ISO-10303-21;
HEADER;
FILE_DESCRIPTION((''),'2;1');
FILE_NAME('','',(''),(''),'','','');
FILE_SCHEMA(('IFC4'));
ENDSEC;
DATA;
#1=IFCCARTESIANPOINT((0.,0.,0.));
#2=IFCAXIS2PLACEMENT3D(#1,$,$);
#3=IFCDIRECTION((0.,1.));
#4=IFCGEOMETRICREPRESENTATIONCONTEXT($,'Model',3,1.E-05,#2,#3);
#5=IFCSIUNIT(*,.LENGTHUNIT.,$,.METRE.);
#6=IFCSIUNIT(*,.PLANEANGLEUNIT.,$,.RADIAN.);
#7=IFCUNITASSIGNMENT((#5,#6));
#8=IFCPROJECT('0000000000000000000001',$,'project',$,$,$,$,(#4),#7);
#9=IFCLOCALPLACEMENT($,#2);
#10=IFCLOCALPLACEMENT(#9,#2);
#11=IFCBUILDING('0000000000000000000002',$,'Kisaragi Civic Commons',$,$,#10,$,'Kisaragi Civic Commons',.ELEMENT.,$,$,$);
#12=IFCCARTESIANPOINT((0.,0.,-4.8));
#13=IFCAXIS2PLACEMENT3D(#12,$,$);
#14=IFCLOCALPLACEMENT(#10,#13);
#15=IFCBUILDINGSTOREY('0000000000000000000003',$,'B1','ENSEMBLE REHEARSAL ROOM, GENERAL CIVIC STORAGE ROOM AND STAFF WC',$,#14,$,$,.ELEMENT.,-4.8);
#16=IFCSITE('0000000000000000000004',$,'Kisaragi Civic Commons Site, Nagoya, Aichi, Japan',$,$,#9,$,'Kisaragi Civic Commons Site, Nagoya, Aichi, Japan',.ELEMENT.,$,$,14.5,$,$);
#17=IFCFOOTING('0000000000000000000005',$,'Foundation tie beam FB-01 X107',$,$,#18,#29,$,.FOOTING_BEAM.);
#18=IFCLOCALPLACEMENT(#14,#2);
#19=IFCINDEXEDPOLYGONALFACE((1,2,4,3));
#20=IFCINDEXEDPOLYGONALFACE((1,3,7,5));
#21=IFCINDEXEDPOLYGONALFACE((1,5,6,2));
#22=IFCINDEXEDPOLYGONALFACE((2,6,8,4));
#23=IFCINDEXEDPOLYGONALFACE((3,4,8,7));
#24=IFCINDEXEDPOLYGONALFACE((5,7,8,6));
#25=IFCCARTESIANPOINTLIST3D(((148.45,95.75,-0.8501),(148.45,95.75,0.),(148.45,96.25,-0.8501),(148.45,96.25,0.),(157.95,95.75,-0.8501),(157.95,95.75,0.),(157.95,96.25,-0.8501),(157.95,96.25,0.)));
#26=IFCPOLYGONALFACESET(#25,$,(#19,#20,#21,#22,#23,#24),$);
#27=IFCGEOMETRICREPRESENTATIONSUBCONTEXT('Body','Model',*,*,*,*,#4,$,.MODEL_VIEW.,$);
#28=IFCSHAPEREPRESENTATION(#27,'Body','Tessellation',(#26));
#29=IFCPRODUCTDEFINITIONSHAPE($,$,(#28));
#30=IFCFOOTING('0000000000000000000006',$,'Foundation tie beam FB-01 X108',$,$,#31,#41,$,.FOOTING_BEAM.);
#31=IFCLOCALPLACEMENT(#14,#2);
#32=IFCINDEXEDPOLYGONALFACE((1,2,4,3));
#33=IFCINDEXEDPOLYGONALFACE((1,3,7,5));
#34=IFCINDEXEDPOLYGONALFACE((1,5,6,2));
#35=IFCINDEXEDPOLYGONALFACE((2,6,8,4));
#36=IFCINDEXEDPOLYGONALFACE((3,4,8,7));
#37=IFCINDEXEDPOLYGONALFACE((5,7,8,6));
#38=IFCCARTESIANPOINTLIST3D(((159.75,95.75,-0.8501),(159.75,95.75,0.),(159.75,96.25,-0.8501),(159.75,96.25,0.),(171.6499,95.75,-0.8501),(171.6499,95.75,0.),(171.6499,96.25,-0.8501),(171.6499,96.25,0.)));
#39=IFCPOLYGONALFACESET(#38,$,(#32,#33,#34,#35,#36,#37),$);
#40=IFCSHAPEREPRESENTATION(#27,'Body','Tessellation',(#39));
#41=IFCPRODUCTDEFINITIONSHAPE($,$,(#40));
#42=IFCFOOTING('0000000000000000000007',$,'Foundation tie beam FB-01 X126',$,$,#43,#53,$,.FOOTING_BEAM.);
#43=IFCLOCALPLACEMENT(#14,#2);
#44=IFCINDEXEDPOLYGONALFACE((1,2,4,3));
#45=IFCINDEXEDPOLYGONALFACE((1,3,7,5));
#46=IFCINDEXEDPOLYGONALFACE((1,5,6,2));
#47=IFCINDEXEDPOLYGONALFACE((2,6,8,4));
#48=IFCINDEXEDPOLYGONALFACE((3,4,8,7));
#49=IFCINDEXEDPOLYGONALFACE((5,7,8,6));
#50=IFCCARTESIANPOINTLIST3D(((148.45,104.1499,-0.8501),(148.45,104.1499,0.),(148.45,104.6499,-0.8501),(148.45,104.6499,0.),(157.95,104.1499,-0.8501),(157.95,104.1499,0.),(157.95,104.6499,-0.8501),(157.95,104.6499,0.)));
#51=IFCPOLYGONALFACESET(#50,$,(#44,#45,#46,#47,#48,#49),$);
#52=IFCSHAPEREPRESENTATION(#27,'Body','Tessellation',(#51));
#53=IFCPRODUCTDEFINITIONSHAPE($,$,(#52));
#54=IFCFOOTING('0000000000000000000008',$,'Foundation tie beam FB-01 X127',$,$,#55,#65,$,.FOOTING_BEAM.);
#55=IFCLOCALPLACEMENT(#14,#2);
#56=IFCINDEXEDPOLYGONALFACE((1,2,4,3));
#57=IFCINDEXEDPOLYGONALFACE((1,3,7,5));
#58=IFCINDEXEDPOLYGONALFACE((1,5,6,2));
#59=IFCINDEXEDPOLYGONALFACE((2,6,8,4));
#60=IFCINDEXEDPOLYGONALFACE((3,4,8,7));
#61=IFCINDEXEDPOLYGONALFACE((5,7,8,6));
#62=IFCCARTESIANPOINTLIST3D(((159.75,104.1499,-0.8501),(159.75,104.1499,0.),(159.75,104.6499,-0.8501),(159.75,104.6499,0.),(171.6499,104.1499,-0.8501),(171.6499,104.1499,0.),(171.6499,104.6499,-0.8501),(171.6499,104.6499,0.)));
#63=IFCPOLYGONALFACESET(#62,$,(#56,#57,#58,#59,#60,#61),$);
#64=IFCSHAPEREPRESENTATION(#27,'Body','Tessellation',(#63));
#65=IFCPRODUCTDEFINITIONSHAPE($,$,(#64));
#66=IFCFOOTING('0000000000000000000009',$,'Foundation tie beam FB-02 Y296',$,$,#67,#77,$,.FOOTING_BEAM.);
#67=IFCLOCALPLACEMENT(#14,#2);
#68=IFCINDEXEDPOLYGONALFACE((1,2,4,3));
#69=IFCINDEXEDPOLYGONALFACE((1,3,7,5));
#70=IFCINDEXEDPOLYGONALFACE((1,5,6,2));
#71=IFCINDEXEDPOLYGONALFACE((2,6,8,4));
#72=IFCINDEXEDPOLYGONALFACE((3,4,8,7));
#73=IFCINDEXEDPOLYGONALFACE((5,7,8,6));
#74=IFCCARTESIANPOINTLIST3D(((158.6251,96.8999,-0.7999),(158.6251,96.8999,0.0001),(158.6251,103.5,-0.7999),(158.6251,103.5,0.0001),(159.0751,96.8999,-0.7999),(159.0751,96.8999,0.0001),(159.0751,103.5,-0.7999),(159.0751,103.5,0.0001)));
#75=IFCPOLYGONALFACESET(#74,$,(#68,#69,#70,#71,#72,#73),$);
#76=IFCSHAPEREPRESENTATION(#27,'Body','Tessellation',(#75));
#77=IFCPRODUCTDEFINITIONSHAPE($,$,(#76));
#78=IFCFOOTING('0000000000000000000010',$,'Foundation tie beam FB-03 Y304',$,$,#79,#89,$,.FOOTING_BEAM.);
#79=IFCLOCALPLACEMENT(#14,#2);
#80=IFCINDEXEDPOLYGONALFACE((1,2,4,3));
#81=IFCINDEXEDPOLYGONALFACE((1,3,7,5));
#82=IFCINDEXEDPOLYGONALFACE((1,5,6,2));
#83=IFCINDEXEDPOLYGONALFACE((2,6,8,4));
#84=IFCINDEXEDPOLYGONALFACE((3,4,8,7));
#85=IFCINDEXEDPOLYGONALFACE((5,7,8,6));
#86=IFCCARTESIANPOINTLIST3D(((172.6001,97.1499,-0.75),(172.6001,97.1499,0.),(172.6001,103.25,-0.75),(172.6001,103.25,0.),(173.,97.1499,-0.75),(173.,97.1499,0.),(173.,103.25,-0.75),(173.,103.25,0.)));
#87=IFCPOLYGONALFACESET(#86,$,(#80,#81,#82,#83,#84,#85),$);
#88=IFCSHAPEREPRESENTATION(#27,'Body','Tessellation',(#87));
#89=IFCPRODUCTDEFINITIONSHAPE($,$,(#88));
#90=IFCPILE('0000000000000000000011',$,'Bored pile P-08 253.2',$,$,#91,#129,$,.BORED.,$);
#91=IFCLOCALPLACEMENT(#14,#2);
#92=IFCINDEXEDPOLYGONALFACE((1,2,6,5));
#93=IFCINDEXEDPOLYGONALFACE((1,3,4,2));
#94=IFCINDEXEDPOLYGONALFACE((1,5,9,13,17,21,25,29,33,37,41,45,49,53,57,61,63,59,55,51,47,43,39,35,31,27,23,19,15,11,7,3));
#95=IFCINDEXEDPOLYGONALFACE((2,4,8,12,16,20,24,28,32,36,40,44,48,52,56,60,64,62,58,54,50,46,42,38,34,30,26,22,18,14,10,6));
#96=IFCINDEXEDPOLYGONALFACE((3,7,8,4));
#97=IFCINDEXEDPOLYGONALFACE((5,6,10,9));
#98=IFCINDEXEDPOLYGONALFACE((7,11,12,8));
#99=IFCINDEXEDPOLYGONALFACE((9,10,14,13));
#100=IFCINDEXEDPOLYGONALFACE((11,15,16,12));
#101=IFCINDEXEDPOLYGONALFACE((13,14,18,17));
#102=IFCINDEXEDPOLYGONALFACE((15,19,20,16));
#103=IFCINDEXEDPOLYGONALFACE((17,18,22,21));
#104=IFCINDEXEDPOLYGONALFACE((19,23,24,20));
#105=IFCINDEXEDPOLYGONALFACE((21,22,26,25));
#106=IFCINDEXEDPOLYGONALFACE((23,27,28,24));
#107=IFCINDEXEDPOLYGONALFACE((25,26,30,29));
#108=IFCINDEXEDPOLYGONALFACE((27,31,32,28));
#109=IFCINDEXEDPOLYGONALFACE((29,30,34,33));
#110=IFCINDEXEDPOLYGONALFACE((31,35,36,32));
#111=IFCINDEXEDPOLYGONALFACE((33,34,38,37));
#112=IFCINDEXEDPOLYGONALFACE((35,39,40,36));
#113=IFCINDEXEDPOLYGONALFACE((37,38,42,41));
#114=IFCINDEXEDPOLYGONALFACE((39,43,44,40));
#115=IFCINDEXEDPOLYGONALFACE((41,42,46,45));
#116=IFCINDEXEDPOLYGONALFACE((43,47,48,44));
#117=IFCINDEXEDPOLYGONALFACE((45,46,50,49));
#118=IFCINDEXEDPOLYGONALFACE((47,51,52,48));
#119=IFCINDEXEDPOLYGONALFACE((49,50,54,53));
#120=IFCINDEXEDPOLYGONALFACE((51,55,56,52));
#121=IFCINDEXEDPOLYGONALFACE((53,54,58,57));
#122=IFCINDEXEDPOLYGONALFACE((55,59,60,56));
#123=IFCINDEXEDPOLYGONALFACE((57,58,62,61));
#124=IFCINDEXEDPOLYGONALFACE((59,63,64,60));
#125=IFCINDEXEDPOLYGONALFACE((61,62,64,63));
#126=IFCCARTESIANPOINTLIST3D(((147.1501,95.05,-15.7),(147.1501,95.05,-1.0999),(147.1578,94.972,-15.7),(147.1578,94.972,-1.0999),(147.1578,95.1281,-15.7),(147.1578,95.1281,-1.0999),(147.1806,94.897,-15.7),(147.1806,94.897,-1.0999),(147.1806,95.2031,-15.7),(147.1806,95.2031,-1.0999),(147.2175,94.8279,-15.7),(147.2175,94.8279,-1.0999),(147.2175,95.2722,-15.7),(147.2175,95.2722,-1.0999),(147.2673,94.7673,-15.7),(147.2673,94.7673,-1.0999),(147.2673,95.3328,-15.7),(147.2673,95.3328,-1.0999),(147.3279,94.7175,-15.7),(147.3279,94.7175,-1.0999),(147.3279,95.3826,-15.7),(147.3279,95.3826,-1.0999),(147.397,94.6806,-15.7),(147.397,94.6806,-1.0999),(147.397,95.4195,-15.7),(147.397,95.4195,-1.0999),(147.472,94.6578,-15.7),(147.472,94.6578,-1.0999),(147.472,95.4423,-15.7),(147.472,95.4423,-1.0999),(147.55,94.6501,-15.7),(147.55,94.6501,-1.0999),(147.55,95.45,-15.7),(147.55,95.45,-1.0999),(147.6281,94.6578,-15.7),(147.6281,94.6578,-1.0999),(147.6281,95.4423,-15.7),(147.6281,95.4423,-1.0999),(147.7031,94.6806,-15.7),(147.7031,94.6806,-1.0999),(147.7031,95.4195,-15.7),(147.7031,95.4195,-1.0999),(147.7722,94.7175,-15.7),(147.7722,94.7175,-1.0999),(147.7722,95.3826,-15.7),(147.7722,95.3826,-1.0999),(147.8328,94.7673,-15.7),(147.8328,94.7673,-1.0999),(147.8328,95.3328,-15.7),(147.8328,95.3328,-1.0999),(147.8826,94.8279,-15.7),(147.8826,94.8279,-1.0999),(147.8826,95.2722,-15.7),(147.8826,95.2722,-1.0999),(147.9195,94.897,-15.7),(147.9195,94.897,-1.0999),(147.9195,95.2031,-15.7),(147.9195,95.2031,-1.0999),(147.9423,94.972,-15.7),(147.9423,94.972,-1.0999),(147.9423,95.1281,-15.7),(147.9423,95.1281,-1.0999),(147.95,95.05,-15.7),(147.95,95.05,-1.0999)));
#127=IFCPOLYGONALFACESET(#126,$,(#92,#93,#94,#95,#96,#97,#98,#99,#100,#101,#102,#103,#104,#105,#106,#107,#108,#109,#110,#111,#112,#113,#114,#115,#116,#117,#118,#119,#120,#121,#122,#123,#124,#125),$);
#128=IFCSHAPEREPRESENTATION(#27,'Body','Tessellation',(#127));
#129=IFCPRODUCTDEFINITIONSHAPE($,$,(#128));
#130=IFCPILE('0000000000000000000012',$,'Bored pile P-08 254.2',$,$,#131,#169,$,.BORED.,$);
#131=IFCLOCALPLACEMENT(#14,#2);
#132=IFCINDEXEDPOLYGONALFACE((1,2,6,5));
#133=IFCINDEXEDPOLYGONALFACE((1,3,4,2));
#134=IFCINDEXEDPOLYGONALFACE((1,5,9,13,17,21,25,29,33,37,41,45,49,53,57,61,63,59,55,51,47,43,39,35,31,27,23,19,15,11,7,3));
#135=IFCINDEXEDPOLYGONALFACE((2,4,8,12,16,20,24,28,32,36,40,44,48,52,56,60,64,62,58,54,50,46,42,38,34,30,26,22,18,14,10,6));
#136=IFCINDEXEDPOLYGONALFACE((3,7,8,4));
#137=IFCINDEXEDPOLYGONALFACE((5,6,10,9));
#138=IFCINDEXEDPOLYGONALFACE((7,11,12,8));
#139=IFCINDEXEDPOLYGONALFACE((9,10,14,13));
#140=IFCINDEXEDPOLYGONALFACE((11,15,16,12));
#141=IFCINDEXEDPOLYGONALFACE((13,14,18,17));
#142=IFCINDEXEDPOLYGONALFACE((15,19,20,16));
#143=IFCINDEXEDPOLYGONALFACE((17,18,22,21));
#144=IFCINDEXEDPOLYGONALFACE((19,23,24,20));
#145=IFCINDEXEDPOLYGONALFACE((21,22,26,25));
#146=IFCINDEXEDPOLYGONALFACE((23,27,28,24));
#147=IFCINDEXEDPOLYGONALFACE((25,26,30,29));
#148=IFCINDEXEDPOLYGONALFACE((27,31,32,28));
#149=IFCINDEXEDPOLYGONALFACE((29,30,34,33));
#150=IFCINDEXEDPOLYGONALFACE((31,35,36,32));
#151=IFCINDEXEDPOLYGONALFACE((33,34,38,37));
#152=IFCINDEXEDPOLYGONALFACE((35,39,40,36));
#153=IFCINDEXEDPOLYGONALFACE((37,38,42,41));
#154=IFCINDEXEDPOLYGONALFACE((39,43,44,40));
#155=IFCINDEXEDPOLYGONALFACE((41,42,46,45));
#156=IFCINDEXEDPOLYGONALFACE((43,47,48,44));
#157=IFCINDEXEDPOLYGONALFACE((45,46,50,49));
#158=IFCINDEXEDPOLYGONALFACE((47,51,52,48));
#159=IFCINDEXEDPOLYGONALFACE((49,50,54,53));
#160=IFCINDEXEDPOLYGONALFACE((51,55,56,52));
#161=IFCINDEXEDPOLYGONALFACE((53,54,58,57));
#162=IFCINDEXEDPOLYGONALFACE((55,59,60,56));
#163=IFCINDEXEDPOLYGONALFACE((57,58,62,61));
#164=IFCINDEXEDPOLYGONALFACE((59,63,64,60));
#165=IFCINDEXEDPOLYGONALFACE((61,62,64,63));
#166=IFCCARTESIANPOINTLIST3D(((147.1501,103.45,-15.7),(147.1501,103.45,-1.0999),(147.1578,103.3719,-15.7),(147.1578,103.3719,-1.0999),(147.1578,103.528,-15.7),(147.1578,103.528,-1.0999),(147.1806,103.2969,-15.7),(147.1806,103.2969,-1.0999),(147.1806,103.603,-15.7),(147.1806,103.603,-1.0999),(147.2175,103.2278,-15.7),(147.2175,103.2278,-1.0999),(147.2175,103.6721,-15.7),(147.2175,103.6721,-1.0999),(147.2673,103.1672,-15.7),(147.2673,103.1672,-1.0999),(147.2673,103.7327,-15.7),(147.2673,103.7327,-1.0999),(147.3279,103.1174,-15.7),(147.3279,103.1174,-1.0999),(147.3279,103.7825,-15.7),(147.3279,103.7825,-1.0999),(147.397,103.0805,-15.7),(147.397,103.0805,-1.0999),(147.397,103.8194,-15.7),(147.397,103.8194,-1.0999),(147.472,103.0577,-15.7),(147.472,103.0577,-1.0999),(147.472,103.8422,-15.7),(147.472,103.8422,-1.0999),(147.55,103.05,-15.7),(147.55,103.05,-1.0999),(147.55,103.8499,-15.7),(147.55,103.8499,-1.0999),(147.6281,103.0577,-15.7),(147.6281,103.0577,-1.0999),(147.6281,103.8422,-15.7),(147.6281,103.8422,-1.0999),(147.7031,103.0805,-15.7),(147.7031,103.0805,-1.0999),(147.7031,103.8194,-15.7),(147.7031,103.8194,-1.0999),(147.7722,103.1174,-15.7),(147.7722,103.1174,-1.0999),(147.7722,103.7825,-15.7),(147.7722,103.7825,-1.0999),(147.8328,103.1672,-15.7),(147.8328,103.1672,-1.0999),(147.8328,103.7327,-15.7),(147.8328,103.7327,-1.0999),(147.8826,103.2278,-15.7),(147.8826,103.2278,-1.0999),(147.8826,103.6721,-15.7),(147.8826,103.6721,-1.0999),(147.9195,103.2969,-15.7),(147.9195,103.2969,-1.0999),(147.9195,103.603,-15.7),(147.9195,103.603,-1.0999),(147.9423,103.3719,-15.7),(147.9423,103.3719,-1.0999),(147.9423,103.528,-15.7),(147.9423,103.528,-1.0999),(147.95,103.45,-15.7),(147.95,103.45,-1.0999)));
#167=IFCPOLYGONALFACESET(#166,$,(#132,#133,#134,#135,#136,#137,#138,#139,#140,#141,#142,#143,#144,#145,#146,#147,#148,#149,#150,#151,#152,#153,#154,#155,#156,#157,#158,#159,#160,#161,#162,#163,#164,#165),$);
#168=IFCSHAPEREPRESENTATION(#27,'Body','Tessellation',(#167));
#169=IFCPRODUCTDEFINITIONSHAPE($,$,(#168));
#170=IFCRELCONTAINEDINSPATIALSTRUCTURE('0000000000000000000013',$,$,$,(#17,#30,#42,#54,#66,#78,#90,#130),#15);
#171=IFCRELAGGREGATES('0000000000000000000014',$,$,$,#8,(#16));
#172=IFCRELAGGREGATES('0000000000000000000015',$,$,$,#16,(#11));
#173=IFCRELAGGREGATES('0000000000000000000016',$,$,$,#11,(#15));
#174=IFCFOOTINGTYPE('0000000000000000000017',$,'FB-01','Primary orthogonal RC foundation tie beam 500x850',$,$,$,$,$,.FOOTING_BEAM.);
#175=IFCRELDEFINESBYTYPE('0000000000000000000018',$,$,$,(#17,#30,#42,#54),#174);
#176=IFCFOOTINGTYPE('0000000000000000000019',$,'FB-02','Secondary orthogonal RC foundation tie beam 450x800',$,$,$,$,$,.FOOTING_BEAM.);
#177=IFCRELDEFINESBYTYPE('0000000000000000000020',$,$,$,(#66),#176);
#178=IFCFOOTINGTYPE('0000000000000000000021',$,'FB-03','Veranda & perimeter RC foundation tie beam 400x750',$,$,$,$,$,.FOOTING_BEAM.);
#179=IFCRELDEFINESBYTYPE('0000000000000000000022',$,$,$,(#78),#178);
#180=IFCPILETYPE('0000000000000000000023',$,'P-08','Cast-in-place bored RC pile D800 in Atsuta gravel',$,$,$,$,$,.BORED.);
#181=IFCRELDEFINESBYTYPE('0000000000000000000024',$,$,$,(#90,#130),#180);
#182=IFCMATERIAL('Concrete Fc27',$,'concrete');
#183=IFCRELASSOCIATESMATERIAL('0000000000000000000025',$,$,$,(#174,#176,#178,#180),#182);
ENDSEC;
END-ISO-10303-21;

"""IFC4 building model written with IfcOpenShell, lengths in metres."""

from ifc_helpers import new_model, si_unit, direction, frame, origin, origin_2d, place, context, subcontext, project, spatial, rectangle, circle, extrude, material, material_profile, profile_set, type_object, element, save


model = new_model("IFC4")

# Units and contexts
model_context = context("Model", 3, precision=1e-05, world=origin(), true_north=direction((0.0, 1.0)))
body_context = subcontext(model_context, "Body", "Model", "MODEL_VIEW")
ifc_project = project(units=[si_unit("LENGTHUNIT", "METRE"), si_unit("PLANEANGLEUNIT", "RADIAN")], contexts=[model_context])

# Site, building, storey
site_placement = place(None, origin())
site = spatial("IfcSite", under=ifc_project, at=site_placement, Name="Kisaragi Civic Commons Site, Nagoya, Aichi, Japan", LongName="Kisaragi Civic Commons Site, Nagoya, Aichi, Japan", CompositionType="ELEMENT", RefElevation=14.5)
building_placement = place(site_placement, origin())
building = spatial("IfcBuilding", under=site, at=building_placement, Name="Kisaragi Civic Commons", LongName="Kisaragi Civic Commons", CompositionType="ELEMENT")
storey_placement = place(building_placement, frame((0.0, 0.0, -4.8)))
storey = spatial("IfcBuildingStorey", under=building, at=storey_placement, Name="B1", Description="ENSEMBLE REHEARSAL ROOM, GENERAL CIVIC STORAGE ROOM AND STAFF WC", CompositionType="ELEMENT", Elevation=-4.8)

# Footings
ifc_material_1 = material(Name="Concrete Fc27", Category="concrete")
ifc_material_profile_1 = material_profile(ifc_material_1, rectangle(XDim=0.5, YDim=0.8501, at=origin_2d()), Name="RC-500x850", Category="concrete")
ifc_profile_set_1 = profile_set([ifc_material_profile_1], Name="Concrete Fc27")
footing_type_1 = type_object("IfcFootingType", Name="FB-01", Description="Primary orthogonal RC foundation tie beam 500x850", PredefinedType="FOOTING_BEAM", material=ifc_profile_set_1)
footing_1_placement = place(storey_placement, frame((148.45, 96.0, -0.425), z_axis=(1.0, 0.0, 0.0), x_axis=(0.0, 1.0, 0.0)))
element("IfcFooting", 1, at=footing_1_placement, inside=storey, type_object=footing_type_1, Name="Foundation tie beam FB-01 X107", PredefinedType="FOOTING_BEAM", context=body_context, shape_type="SweptSolid", body=[
    extrude(rectangle(XDim=0.5, YDim=0.8501, at=origin_2d()), origin(), (0.0, 0.0, 1.0), 9.5),
])
footing_2_placement = place(storey_placement, frame((159.75, 96.0, -0.425), z_axis=(1.0, 0.0, 0.0), x_axis=(0.0, 1.0, 0.0)))
element("IfcFooting", 2, at=footing_2_placement, inside=storey, type_object=footing_type_1, Name="Foundation tie beam FB-01 X108", PredefinedType="FOOTING_BEAM", context=body_context, shape_type="SweptSolid", body=[
    extrude(rectangle(XDim=0.5, YDim=0.8501, at=origin_2d()), origin(), (0.0, 0.0, 1.0), 11.8999),
])
footing_3_placement = place(storey_placement, frame((148.45, 104.3999, -0.425), z_axis=(1.0, 0.0, 0.0), x_axis=(0.0, 1.0, 0.0)))
element("IfcFooting", 3, at=footing_3_placement, inside=storey, type_object=footing_type_1, Name="Foundation tie beam FB-01 X126", PredefinedType="FOOTING_BEAM", context=body_context, shape_type="SweptSolid", body=[
    extrude(rectangle(XDim=0.5, YDim=0.8501, at=origin_2d()), origin(), (0.0, 0.0, 1.0), 9.5),
])
footing_4_placement = place(storey_placement, frame((159.75, 104.3999, -0.425), z_axis=(1.0, 0.0, 0.0), x_axis=(0.0, 1.0, 0.0)))
element("IfcFooting", 4, at=footing_4_placement, inside=storey, type_object=footing_type_1, Name="Foundation tie beam FB-01 X127", PredefinedType="FOOTING_BEAM", context=body_context, shape_type="SweptSolid", body=[
    extrude(rectangle(XDim=0.5, YDim=0.8501, at=origin_2d()), origin(), (0.0, 0.0, 1.0), 11.8999),
])
ifc_material_profile_2 = material_profile(ifc_material_1, rectangle(XDim=0.45, YDim=0.8, at=origin_2d()), Name="RC-450x800", Category="concrete")
ifc_profile_set_2 = profile_set([ifc_material_profile_2], Name="Concrete Fc27")
footing_type_2 = type_object("IfcFootingType", Name="FB-02", Description="Secondary orthogonal RC foundation tie beam 450x800", PredefinedType="FOOTING_BEAM", material=ifc_profile_set_2)
footing_5_placement = place(storey_placement, frame((158.8501, 96.8999, -0.3999), z_axis=(0.0, 1.0, 0.0), x_axis=(-1.0, 0.0, 0.0)))
element("IfcFooting", 5, at=footing_5_placement, inside=storey, type_object=footing_type_2, Name="Foundation tie beam FB-02 Y296", PredefinedType="FOOTING_BEAM", context=body_context, shape_type="SweptSolid", body=[
    extrude(rectangle(XDim=0.45, YDim=0.8, at=origin_2d()), origin(), (0.0, 0.0, 1.0), 6.6001),
])
ifc_material_profile_3 = material_profile(ifc_material_1, rectangle(XDim=0.3999, YDim=0.75, at=origin_2d()), Name="RC-400x750", Category="concrete")
ifc_profile_set_3 = profile_set([ifc_material_profile_3], Name="Concrete Fc27")
footing_type_3 = type_object("IfcFootingType", Name="FB-03", Description="Veranda & perimeter RC foundation tie beam 400x750", PredefinedType="FOOTING_BEAM", material=ifc_profile_set_3)
footing_6_placement = place(storey_placement, frame((172.8, 97.1499, -0.375), z_axis=(0.0, 1.0, 0.0), x_axis=(-1.0, 0.0, 0.0)))
element("IfcFooting", 6, at=footing_6_placement, inside=storey, type_object=footing_type_3, Name="Foundation tie beam FB-03 Y304", PredefinedType="FOOTING_BEAM", context=body_context, shape_type="SweptSolid", body=[
    extrude(rectangle(XDim=0.3999, YDim=0.75, at=origin_2d()), origin(), (0.0, 0.0, 1.0), 6.1001),
])

# Piles
ifc_material_profile_4 = material_profile(ifc_material_1, circle(Radius=0.3999, at=origin_2d()), Name="PILE-D800", Category="concrete")
ifc_profile_set_4 = profile_set([ifc_material_profile_4], Name="Concrete Fc27")
pile_type_1 = type_object("IfcPileType", Name="P-08", Description="Cast-in-place bored RC pile D800 in Atsuta gravel", PredefinedType="BORED", material=ifc_profile_set_4)
for number, where, z_axis, x_axis, name in (
    (7, (147.55, 95.05, -1.0999), (0.0, 0.0, -1.0), (1.0, 0.0, 0.0), "Bored pile P-08 253.2"),
    (8, (147.55, 103.45, -1.0999), (0.0, 0.0, -1.0), (1.0, 0.0, 0.0), "Bored pile P-08 254.2"),
):
    element("IfcPile", number, at=place(storey_placement, frame(where, z_axis=z_axis, x_axis=x_axis)), inside=storey, type_object=pile_type_1, Name=name, PredefinedType="BORED", context=body_context, shape_type="SweptSolid", body=[
        extrude(circle(Radius=0.3999, at=origin_2d()), origin(), (0.0, 0.0, 1.0), 14.6001),
    ])

save(model, "model.ifc")
